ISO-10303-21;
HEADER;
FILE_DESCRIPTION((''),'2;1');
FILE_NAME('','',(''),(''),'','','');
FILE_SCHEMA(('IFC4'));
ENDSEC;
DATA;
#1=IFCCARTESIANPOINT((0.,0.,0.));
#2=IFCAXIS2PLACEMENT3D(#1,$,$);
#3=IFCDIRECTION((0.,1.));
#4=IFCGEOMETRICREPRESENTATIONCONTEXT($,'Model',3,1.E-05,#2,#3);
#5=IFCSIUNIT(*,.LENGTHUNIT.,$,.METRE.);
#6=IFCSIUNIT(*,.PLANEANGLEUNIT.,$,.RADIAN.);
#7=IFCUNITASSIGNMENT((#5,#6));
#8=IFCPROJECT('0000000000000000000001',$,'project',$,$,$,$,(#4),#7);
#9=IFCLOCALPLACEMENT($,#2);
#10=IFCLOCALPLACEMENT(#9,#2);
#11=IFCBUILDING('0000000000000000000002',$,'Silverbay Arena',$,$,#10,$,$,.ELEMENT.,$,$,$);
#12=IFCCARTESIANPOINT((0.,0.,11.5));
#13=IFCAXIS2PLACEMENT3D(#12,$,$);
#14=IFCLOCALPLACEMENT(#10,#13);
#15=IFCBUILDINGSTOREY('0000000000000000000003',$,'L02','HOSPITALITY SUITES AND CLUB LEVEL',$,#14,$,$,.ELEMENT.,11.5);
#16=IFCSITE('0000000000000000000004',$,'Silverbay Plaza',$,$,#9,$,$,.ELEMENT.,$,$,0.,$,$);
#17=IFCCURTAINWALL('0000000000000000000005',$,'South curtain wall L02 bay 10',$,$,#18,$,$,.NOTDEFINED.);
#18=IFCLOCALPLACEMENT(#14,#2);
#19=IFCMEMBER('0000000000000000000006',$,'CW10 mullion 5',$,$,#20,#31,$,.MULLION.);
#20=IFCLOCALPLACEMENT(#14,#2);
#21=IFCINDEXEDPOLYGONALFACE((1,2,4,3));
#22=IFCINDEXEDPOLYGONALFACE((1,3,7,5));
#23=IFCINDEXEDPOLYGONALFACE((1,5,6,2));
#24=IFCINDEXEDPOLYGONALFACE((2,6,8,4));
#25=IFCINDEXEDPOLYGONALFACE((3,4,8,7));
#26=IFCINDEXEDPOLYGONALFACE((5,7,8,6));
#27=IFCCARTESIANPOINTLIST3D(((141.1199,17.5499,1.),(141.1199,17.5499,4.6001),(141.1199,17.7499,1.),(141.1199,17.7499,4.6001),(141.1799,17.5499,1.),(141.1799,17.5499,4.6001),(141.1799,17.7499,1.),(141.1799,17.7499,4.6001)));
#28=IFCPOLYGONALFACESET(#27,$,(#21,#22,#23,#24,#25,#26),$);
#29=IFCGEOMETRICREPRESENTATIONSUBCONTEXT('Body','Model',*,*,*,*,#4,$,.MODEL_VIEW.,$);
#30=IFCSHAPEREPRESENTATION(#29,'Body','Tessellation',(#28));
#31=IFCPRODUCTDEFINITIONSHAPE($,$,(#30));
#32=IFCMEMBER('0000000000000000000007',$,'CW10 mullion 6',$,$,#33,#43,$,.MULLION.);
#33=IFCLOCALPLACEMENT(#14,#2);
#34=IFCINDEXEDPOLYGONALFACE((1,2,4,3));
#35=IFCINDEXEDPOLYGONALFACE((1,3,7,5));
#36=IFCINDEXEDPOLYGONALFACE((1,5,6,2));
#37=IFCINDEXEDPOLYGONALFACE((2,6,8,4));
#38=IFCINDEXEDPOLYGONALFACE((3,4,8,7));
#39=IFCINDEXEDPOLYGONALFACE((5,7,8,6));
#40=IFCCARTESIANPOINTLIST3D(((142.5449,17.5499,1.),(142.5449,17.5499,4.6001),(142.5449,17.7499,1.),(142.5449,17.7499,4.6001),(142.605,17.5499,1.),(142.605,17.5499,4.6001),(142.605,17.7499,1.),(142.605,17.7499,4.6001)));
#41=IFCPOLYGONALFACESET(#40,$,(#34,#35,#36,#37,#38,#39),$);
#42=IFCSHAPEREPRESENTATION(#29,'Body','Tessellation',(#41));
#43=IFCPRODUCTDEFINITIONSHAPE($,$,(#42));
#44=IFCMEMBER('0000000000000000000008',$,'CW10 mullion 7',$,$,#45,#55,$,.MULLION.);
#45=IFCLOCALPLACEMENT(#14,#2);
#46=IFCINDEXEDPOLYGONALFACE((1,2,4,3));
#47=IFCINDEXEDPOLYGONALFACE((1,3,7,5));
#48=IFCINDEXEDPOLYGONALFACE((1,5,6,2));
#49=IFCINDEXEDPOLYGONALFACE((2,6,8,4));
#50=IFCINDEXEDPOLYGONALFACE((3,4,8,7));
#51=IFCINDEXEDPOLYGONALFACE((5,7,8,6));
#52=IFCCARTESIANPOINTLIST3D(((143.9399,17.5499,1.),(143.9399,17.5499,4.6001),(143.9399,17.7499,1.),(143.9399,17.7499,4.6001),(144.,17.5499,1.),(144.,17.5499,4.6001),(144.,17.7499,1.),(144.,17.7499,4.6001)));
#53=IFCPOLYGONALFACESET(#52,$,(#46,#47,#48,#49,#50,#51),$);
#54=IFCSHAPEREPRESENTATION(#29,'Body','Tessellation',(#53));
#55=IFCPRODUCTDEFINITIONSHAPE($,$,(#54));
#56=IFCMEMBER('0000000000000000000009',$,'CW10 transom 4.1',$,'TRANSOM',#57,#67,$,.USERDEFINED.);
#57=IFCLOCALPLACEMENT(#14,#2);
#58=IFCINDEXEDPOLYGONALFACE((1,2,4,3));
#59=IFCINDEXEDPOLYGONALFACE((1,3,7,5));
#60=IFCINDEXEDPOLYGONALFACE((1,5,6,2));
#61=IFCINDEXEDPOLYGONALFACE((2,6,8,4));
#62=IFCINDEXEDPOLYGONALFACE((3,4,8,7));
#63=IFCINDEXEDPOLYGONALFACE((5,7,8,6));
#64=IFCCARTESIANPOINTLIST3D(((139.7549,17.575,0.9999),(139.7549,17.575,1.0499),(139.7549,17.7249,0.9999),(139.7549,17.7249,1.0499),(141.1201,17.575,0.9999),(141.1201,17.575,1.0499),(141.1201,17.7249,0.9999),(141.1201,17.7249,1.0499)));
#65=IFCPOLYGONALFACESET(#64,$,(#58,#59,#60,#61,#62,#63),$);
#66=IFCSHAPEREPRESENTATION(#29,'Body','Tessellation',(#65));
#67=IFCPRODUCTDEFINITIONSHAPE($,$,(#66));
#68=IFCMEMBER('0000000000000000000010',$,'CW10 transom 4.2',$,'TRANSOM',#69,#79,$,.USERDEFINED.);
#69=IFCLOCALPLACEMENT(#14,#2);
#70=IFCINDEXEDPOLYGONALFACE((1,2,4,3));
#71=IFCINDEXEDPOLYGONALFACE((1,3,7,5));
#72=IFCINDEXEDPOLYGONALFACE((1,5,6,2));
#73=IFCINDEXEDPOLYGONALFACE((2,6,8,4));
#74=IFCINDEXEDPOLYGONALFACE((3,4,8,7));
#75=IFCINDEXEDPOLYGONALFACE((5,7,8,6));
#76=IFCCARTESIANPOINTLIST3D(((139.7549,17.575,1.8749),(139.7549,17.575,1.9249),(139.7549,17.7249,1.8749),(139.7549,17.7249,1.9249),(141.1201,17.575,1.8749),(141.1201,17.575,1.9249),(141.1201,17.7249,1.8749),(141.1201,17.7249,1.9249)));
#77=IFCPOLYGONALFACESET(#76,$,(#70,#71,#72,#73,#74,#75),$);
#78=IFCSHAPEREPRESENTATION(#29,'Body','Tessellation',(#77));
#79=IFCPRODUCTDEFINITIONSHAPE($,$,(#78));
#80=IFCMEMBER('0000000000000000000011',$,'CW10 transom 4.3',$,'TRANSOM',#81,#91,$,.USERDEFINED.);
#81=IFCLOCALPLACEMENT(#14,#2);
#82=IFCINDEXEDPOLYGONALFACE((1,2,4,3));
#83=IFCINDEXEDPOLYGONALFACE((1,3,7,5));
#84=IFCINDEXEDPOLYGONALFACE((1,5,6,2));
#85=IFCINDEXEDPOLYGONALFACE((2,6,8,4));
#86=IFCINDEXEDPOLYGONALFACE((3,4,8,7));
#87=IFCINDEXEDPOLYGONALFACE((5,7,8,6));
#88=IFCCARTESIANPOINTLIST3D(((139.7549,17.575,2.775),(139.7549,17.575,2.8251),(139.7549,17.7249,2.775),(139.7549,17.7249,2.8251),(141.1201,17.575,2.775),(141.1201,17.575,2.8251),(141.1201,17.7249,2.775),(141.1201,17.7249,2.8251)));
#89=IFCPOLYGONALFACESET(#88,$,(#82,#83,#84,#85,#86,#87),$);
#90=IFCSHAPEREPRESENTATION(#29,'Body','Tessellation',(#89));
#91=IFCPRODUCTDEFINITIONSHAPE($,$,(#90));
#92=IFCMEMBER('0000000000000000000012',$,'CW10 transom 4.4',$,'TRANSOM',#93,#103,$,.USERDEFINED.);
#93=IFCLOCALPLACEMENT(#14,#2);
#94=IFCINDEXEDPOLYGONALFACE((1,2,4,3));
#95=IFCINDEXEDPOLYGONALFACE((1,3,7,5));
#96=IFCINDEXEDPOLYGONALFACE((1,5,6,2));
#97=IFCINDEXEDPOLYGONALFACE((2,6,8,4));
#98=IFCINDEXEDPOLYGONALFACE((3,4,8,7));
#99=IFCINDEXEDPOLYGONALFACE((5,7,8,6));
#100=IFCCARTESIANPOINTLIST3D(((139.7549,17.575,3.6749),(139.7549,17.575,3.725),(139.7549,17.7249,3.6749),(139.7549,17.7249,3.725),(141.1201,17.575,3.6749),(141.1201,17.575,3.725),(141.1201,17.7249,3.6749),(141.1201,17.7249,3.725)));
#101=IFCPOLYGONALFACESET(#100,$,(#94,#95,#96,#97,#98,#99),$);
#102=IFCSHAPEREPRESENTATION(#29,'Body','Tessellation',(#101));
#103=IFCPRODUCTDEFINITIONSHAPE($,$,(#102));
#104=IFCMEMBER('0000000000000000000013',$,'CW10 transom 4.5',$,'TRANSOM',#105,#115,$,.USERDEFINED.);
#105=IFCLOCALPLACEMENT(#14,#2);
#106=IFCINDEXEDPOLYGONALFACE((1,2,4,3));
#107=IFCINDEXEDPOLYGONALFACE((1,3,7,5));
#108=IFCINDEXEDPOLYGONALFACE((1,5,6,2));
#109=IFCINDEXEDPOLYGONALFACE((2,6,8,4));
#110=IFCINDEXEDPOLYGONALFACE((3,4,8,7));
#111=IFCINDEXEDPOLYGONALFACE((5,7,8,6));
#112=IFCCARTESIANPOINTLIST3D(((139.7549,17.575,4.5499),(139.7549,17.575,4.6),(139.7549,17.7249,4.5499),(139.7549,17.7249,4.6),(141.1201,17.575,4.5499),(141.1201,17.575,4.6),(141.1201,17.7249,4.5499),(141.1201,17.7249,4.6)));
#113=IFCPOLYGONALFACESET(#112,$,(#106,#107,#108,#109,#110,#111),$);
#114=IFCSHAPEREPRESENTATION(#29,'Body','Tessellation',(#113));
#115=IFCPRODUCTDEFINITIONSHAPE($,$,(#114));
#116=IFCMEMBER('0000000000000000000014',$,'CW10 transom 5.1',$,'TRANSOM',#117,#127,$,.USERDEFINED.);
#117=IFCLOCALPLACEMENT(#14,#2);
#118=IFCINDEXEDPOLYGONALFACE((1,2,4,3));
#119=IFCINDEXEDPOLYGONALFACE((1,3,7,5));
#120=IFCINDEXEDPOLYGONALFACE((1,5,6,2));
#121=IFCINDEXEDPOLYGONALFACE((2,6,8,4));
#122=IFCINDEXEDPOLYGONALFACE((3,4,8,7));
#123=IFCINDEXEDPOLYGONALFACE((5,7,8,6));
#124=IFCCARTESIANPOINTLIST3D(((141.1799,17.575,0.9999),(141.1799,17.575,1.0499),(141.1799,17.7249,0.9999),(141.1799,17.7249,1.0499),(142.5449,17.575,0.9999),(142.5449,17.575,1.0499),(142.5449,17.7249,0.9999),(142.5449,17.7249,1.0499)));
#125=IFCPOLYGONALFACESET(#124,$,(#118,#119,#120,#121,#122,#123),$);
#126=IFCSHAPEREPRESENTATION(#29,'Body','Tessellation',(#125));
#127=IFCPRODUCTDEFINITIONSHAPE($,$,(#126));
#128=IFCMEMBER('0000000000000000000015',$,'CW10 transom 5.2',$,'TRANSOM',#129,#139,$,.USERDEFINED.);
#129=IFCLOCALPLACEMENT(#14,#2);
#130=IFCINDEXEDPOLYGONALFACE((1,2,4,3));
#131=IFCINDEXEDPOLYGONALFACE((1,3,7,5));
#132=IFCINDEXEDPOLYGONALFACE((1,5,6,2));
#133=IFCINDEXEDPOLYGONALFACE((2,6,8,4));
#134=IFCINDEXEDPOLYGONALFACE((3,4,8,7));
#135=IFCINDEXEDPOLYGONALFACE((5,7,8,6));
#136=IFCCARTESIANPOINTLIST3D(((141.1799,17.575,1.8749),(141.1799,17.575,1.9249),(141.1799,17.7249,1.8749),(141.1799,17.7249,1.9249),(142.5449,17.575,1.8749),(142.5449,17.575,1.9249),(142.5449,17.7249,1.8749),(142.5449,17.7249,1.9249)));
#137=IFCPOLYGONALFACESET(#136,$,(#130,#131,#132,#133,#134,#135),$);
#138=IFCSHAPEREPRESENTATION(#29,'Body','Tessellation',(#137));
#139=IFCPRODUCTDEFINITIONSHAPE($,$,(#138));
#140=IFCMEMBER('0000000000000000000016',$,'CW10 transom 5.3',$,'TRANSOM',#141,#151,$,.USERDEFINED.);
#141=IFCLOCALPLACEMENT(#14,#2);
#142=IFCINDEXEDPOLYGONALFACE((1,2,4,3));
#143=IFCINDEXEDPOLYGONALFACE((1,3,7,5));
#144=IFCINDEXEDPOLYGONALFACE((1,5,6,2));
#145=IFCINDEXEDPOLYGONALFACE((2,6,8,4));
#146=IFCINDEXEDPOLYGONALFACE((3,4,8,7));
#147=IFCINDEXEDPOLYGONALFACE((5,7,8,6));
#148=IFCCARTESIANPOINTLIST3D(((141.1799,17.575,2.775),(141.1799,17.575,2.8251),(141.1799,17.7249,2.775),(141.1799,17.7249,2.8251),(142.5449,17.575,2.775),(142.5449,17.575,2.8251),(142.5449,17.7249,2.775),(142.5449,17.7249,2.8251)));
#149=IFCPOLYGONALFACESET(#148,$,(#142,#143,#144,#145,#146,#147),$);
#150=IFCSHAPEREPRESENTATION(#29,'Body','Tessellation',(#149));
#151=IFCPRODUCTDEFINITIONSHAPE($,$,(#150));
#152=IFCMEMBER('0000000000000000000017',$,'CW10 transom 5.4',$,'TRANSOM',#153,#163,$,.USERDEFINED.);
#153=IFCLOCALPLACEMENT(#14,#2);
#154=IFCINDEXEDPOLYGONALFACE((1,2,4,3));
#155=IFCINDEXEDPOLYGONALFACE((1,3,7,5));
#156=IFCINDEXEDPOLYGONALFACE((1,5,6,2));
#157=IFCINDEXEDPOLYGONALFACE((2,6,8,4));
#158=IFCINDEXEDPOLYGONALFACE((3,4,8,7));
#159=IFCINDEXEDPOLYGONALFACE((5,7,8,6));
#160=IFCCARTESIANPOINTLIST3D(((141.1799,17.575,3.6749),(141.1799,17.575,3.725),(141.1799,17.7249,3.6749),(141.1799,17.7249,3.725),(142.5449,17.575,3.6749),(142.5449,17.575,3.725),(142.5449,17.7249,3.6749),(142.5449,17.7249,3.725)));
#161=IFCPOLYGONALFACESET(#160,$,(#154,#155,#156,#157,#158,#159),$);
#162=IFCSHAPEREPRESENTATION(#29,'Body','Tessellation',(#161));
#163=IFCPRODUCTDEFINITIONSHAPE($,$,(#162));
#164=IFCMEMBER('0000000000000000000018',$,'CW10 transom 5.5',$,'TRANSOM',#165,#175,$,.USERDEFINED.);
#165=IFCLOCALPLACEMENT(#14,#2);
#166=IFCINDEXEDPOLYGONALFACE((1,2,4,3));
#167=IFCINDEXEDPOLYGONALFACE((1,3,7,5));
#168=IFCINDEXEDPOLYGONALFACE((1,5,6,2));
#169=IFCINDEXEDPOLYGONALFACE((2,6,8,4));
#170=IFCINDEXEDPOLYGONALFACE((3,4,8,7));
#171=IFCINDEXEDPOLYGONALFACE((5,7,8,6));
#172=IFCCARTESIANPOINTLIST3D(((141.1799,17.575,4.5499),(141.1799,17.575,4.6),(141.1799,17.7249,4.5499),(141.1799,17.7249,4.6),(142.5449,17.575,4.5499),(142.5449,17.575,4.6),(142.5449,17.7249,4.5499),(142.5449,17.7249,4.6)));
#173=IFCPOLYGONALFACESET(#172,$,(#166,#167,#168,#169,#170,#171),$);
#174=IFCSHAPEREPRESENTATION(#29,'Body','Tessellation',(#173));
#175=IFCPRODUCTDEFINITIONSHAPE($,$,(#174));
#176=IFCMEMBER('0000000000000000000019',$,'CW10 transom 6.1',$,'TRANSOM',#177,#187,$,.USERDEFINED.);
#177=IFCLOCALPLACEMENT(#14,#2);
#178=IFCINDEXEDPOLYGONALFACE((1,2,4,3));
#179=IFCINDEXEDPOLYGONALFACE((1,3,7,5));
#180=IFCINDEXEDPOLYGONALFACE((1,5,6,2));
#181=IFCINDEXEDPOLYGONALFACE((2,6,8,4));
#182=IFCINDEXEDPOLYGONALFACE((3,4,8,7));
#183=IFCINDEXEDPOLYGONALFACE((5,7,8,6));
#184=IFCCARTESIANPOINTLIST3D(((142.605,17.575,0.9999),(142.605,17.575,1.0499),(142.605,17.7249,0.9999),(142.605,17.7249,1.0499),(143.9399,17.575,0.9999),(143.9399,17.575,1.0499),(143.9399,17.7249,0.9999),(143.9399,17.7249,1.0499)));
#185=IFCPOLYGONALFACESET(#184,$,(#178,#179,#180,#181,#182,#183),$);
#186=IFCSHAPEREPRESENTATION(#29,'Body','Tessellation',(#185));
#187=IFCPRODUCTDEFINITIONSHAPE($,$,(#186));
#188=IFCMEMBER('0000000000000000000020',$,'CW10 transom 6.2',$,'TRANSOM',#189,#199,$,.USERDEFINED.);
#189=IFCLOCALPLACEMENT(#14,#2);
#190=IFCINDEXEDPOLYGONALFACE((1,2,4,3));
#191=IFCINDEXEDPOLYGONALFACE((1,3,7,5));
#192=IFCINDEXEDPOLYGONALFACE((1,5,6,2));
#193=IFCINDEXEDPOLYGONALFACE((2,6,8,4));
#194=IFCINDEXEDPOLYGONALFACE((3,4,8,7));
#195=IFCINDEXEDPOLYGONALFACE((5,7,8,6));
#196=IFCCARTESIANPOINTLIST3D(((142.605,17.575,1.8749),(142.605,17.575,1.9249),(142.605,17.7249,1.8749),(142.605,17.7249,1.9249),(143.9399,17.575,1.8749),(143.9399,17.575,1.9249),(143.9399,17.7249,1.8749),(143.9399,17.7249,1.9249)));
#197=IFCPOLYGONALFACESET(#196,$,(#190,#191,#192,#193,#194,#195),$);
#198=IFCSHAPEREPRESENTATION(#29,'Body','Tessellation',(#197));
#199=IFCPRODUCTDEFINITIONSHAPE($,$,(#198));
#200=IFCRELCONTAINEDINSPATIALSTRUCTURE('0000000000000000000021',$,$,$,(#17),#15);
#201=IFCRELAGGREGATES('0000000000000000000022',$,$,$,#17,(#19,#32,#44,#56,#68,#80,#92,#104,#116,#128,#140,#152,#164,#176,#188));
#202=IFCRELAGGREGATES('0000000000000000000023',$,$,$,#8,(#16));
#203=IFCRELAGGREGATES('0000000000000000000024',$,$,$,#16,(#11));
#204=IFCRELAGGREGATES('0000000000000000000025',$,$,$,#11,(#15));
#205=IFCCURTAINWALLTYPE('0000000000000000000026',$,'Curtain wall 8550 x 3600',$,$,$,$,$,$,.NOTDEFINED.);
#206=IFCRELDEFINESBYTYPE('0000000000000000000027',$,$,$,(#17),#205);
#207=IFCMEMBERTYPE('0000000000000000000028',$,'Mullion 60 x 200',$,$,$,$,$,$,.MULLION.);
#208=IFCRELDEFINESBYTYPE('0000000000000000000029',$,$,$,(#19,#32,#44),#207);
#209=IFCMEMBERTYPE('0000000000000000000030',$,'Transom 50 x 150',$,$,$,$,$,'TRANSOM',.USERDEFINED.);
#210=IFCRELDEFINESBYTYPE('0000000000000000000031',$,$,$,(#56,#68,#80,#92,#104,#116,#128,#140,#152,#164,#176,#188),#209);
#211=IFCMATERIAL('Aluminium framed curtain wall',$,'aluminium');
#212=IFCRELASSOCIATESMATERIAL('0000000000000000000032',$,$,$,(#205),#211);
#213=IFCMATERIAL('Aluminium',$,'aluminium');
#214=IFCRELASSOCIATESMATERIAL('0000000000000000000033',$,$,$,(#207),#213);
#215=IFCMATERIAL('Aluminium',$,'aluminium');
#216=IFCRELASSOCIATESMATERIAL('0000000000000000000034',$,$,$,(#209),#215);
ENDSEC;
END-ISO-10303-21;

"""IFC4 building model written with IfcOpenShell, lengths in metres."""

from ifc_helpers import new_model, si_unit, direction, frame, origin, origin_2d, place, context, subcontext, project, spatial, rectangle, extrude, material, material_profile, profile_set, type_object, element, aggregate, save


model = new_model("IFC4")

# Units and contexts
model_context = context("Model", 3, precision=1e-05, world=origin(), true_north=direction((0.0, 1.0)))
body_context = subcontext(model_context, "Body", "Model", "MODEL_VIEW")
ifc_project = project(units=[si_unit("LENGTHUNIT", "METRE"), si_unit("PLANEANGLEUNIT", "RADIAN")], contexts=[model_context])

# Site, building, storey
site_placement = place(None, origin())
site = spatial("IfcSite", under=ifc_project, at=site_placement, Name="Silverbay Plaza", CompositionType="ELEMENT", RefElevation=0.0)
building_placement = place(site_placement, origin())
building = spatial("IfcBuilding", under=site, at=building_placement, Name="Silverbay Arena", CompositionType="ELEMENT")
storey_placement = place(building_placement, frame((0.0, 0.0, 11.5)))
storey = spatial("IfcBuildingStorey", under=building, at=storey_placement, Name="L02", Description="HOSPITALITY SUITES AND CLUB LEVEL", CompositionType="ELEMENT", Elevation=11.5)

# Curtain wall, members
ifc_material_1 = material(Name="Aluminium framed curtain wall", Category="aluminium")
curtain_wall_type = type_object("IfcCurtainWallType", Name="Curtain wall 8550 x 3600", PredefinedType="NOTDEFINED", material=ifc_material_1)
curtain_wall_placement = place(storey_placement, origin())
curtain_wall = element("IfcCurtainWall", 1, at=curtain_wall_placement, inside=storey, type_object=curtain_wall_type, Name="South curtain wall L02 bay 10", PredefinedType="NOTDEFINED")
ifc_material_2 = material(Name="Aluminium", Category="aluminium")
ifc_material_profile_1 = material_profile(ifc_material_2, rectangle(XDim=0.2, YDim=0.0601, at=origin_2d()), Name="Mullion 60 x 200")
ifc_profile_set_1 = profile_set([ifc_material_profile_1], Name="Aluminium")
member_type_1 = type_object("IfcMemberType", Name="Mullion 60 x 200", PredefinedType="MULLION", material=ifc_profile_set_1)
member_1_placement = place(storey_placement, frame((141.1499, 17.6499, 1.0), z_axis=(0.0, 0.0, 1.0), x_axis=(0.0, 1.0, 0.0)))
member_1 = element("IfcMember", 2, at=member_1_placement, type_object=member_type_1, Name="CW10 mullion 5", PredefinedType="MULLION", context=body_context, shape_type="SweptSolid", body=[
    extrude(rectangle(XDim=0.2, YDim=0.0601, at=origin_2d()), origin(), (0.0, 0.0, 1.0), 3.6001),
])
member_2_placement = place(storey_placement, frame((142.575, 17.6499, 1.0), z_axis=(0.0, 0.0, 1.0), x_axis=(0.0, 1.0, 0.0)))
member_2 = element("IfcMember", 3, at=member_2_placement, type_object=member_type_1, Name="CW10 mullion 6", PredefinedType="MULLION", context=body_context, shape_type="SweptSolid", body=[
    extrude(rectangle(XDim=0.2, YDim=0.0601, at=origin_2d()), origin(), (0.0, 0.0, 1.0), 3.6001),
])
member_3_placement = place(storey_placement, frame((143.97, 17.6499, 1.0), z_axis=(0.0, 0.0, 1.0), x_axis=(0.0, 1.0, 0.0)))
member_3 = element("IfcMember", 4, at=member_3_placement, type_object=member_type_1, Name="CW10 mullion 7", PredefinedType="MULLION", context=body_context, shape_type="SweptSolid", body=[
    extrude(rectangle(XDim=0.2, YDim=0.0601, at=origin_2d()), origin(), (0.0, 0.0, 1.0), 3.6001),
])
ifc_material_3 = material(Name="Aluminium", Category="aluminium")
ifc_material_profile_2 = material_profile(ifc_material_3, rectangle(XDim=0.1499, YDim=0.05, at=origin_2d()), Name="Transom 50 x 150")
ifc_profile_set_2 = profile_set([ifc_material_profile_2], Name="Aluminium")
member_type_2 = type_object("IfcMemberType", Name="Transom 50 x 150", ElementType="TRANSOM", PredefinedType="USERDEFINED", material=ifc_profile_set_2)
member_4_placement = place(storey_placement, frame((139.7549, 17.6499, 1.0249), z_axis=(1.0, 0.0, 0.0), x_axis=(0.0, 1.0, 0.0)))
member_4 = element("IfcMember", 5, at=member_4_placement, type_object=member_type_2, Name="CW10 transom 4.1", ObjectType="TRANSOM", PredefinedType="USERDEFINED", context=body_context, shape_type="SweptSolid", body=[
    extrude(rectangle(XDim=0.1499, YDim=0.05, at=origin_2d()), origin(), (0.0, 0.0, 1.0), 1.3652),
])
member_5_placement = place(storey_placement, frame((139.7549, 17.6499, 1.8999), z_axis=(1.0, 0.0, 0.0), x_axis=(0.0, 1.0, 0.0)))
member_5 = element("IfcMember", 6, at=member_5_placement, type_object=member_type_2, Name="CW10 transom 4.2", ObjectType="TRANSOM", PredefinedType="USERDEFINED", context=body_context, shape_type="SweptSolid", body=[
    extrude(rectangle(XDim=0.1499, YDim=0.05, at=origin_2d()), origin(), (0.0, 0.0, 1.0), 1.3652),
])
member_6_placement = place(storey_placement, frame((139.7549, 17.6499, 2.8), z_axis=(1.0, 0.0, 0.0), x_axis=(0.0, 1.0, 0.0)))
member_6 = element("IfcMember", 7, at=member_6_placement, type_object=member_type_2, Name="CW10 transom 4.3", ObjectType="TRANSOM", PredefinedType="USERDEFINED", context=body_context, shape_type="SweptSolid", body=[
    extrude(rectangle(XDim=0.1499, YDim=0.05, at=origin_2d()), origin(), (0.0, 0.0, 1.0), 1.3652),
])
member_7_placement = place(storey_placement, frame((139.7549, 17.6499, 3.7), z_axis=(1.0, 0.0, 0.0), x_axis=(0.0, 1.0, 0.0)))
member_7 = element("IfcMember", 8, at=member_7_placement, type_object=member_type_2, Name="CW10 transom 4.4", ObjectType="TRANSOM", PredefinedType="USERDEFINED", context=body_context, shape_type="SweptSolid", body=[
    extrude(rectangle(XDim=0.1499, YDim=0.05, at=origin_2d()), origin(), (0.0, 0.0, 1.0), 1.3652),
])
member_8_placement = place(storey_placement, frame((139.7549, 17.6499, 4.575), z_axis=(1.0, 0.0, 0.0), x_axis=(0.0, 1.0, 0.0)))
member_8 = element("IfcMember", 9, at=member_8_placement, type_object=member_type_2, Name="CW10 transom 4.5", ObjectType="TRANSOM", PredefinedType="USERDEFINED", context=body_context, shape_type="SweptSolid", body=[
    extrude(rectangle(XDim=0.1499, YDim=0.05, at=origin_2d()), origin(), (0.0, 0.0, 1.0), 1.3652),
])
member_9_placement = place(storey_placement, frame((141.1799, 17.6499, 1.0249), z_axis=(1.0, 0.0, 0.0), x_axis=(0.0, 1.0, 0.0)))
member_9 = element("IfcMember", 10, at=member_9_placement, type_object=member_type_2, Name="CW10 transom 5.1", ObjectType="TRANSOM", PredefinedType="USERDEFINED", context=body_context, shape_type="SweptSolid", body=[
    extrude(rectangle(XDim=0.1499, YDim=0.05, at=origin_2d()), origin(), (0.0, 0.0, 1.0), 1.365),
])
member_10_placement = place(storey_placement, frame((141.1799, 17.6499, 1.8999), z_axis=(1.0, 0.0, 0.0), x_axis=(0.0, 1.0, 0.0)))
member_10 = element("IfcMember", 11, at=member_10_placement, type_object=member_type_2, Name="CW10 transom 5.2", ObjectType="TRANSOM", PredefinedType="USERDEFINED", context=body_context, shape_type="SweptSolid", body=[
    extrude(rectangle(XDim=0.1499, YDim=0.05, at=origin_2d()), origin(), (0.0, 0.0, 1.0), 1.365),
])
member_11_placement = place(storey_placement, frame((141.1799, 17.6499, 2.8), z_axis=(1.0, 0.0, 0.0), x_axis=(0.0, 1.0, 0.0)))
member_11 = element("IfcMember", 12, at=member_11_placement, type_object=member_type_2, Name="CW10 transom 5.3", ObjectType="TRANSOM", PredefinedType="USERDEFINED", context=body_context, shape_type="SweptSolid", body=[
    extrude(rectangle(XDim=0.1499, YDim=0.05, at=origin_2d()), origin(), (0.0, 0.0, 1.0), 1.365),
])
member_12_placement = place(storey_placement, frame((141.1799, 17.6499, 3.7), z_axis=(1.0, 0.0, 0.0), x_axis=(0.0, 1.0, 0.0)))
member_12 = element("IfcMember", 13, at=member_12_placement, type_object=member_type_2, Name="CW10 transom 5.4", ObjectType="TRANSOM", PredefinedType="USERDEFINED", context=body_context, shape_type="SweptSolid", body=[
    extrude(rectangle(XDim=0.1499, YDim=0.05, at=origin_2d()), origin(), (0.0, 0.0, 1.0), 1.365),
])
member_13_placement = place(storey_placement, frame((141.1799, 17.6499, 4.575), z_axis=(1.0, 0.0, 0.0), x_axis=(0.0, 1.0, 0.0)))
member_13 = element("IfcMember", 14, at=member_13_placement, type_object=member_type_2, Name="CW10 transom 5.5", ObjectType="TRANSOM", PredefinedType="USERDEFINED", context=body_context, shape_type="SweptSolid", body=[
    extrude(rectangle(XDim=0.1499, YDim=0.05, at=origin_2d()), origin(), (0.0, 0.0, 1.0), 1.365),
])
member_14_placement = place(storey_placement, frame((142.605, 17.6499, 1.0249), z_axis=(1.0, 0.0, 0.0), x_axis=(0.0, 1.0, 0.0)))
member_14 = element("IfcMember", 15, at=member_14_placement, type_object=member_type_2, Name="CW10 transom 6.1", ObjectType="TRANSOM", PredefinedType="USERDEFINED", context=body_context, shape_type="SweptSolid", body=[
    extrude(rectangle(XDim=0.1499, YDim=0.05, at=origin_2d()), origin(), (0.0, 0.0, 1.0), 1.335),
])
member_15_placement = place(storey_placement, frame((142.605, 17.6499, 1.8999), z_axis=(1.0, 0.0, 0.0), x_axis=(0.0, 1.0, 0.0)))
member_15 = element("IfcMember", 16, at=member_15_placement, type_object=member_type_2, Name="CW10 transom 6.2", ObjectType="TRANSOM", PredefinedType="USERDEFINED", context=body_context, shape_type="SweptSolid", body=[
    extrude(rectangle(XDim=0.1499, YDim=0.05, at=origin_2d()), origin(), (0.0, 0.0, 1.0), 1.335),
])
aggregate(curtain_wall, [member_1, member_2, member_3, member_4, member_5, member_6, member_7, member_8, member_9, member_10, member_11, member_12, member_13, member_14, member_15])

save(model, "model.ifc")
